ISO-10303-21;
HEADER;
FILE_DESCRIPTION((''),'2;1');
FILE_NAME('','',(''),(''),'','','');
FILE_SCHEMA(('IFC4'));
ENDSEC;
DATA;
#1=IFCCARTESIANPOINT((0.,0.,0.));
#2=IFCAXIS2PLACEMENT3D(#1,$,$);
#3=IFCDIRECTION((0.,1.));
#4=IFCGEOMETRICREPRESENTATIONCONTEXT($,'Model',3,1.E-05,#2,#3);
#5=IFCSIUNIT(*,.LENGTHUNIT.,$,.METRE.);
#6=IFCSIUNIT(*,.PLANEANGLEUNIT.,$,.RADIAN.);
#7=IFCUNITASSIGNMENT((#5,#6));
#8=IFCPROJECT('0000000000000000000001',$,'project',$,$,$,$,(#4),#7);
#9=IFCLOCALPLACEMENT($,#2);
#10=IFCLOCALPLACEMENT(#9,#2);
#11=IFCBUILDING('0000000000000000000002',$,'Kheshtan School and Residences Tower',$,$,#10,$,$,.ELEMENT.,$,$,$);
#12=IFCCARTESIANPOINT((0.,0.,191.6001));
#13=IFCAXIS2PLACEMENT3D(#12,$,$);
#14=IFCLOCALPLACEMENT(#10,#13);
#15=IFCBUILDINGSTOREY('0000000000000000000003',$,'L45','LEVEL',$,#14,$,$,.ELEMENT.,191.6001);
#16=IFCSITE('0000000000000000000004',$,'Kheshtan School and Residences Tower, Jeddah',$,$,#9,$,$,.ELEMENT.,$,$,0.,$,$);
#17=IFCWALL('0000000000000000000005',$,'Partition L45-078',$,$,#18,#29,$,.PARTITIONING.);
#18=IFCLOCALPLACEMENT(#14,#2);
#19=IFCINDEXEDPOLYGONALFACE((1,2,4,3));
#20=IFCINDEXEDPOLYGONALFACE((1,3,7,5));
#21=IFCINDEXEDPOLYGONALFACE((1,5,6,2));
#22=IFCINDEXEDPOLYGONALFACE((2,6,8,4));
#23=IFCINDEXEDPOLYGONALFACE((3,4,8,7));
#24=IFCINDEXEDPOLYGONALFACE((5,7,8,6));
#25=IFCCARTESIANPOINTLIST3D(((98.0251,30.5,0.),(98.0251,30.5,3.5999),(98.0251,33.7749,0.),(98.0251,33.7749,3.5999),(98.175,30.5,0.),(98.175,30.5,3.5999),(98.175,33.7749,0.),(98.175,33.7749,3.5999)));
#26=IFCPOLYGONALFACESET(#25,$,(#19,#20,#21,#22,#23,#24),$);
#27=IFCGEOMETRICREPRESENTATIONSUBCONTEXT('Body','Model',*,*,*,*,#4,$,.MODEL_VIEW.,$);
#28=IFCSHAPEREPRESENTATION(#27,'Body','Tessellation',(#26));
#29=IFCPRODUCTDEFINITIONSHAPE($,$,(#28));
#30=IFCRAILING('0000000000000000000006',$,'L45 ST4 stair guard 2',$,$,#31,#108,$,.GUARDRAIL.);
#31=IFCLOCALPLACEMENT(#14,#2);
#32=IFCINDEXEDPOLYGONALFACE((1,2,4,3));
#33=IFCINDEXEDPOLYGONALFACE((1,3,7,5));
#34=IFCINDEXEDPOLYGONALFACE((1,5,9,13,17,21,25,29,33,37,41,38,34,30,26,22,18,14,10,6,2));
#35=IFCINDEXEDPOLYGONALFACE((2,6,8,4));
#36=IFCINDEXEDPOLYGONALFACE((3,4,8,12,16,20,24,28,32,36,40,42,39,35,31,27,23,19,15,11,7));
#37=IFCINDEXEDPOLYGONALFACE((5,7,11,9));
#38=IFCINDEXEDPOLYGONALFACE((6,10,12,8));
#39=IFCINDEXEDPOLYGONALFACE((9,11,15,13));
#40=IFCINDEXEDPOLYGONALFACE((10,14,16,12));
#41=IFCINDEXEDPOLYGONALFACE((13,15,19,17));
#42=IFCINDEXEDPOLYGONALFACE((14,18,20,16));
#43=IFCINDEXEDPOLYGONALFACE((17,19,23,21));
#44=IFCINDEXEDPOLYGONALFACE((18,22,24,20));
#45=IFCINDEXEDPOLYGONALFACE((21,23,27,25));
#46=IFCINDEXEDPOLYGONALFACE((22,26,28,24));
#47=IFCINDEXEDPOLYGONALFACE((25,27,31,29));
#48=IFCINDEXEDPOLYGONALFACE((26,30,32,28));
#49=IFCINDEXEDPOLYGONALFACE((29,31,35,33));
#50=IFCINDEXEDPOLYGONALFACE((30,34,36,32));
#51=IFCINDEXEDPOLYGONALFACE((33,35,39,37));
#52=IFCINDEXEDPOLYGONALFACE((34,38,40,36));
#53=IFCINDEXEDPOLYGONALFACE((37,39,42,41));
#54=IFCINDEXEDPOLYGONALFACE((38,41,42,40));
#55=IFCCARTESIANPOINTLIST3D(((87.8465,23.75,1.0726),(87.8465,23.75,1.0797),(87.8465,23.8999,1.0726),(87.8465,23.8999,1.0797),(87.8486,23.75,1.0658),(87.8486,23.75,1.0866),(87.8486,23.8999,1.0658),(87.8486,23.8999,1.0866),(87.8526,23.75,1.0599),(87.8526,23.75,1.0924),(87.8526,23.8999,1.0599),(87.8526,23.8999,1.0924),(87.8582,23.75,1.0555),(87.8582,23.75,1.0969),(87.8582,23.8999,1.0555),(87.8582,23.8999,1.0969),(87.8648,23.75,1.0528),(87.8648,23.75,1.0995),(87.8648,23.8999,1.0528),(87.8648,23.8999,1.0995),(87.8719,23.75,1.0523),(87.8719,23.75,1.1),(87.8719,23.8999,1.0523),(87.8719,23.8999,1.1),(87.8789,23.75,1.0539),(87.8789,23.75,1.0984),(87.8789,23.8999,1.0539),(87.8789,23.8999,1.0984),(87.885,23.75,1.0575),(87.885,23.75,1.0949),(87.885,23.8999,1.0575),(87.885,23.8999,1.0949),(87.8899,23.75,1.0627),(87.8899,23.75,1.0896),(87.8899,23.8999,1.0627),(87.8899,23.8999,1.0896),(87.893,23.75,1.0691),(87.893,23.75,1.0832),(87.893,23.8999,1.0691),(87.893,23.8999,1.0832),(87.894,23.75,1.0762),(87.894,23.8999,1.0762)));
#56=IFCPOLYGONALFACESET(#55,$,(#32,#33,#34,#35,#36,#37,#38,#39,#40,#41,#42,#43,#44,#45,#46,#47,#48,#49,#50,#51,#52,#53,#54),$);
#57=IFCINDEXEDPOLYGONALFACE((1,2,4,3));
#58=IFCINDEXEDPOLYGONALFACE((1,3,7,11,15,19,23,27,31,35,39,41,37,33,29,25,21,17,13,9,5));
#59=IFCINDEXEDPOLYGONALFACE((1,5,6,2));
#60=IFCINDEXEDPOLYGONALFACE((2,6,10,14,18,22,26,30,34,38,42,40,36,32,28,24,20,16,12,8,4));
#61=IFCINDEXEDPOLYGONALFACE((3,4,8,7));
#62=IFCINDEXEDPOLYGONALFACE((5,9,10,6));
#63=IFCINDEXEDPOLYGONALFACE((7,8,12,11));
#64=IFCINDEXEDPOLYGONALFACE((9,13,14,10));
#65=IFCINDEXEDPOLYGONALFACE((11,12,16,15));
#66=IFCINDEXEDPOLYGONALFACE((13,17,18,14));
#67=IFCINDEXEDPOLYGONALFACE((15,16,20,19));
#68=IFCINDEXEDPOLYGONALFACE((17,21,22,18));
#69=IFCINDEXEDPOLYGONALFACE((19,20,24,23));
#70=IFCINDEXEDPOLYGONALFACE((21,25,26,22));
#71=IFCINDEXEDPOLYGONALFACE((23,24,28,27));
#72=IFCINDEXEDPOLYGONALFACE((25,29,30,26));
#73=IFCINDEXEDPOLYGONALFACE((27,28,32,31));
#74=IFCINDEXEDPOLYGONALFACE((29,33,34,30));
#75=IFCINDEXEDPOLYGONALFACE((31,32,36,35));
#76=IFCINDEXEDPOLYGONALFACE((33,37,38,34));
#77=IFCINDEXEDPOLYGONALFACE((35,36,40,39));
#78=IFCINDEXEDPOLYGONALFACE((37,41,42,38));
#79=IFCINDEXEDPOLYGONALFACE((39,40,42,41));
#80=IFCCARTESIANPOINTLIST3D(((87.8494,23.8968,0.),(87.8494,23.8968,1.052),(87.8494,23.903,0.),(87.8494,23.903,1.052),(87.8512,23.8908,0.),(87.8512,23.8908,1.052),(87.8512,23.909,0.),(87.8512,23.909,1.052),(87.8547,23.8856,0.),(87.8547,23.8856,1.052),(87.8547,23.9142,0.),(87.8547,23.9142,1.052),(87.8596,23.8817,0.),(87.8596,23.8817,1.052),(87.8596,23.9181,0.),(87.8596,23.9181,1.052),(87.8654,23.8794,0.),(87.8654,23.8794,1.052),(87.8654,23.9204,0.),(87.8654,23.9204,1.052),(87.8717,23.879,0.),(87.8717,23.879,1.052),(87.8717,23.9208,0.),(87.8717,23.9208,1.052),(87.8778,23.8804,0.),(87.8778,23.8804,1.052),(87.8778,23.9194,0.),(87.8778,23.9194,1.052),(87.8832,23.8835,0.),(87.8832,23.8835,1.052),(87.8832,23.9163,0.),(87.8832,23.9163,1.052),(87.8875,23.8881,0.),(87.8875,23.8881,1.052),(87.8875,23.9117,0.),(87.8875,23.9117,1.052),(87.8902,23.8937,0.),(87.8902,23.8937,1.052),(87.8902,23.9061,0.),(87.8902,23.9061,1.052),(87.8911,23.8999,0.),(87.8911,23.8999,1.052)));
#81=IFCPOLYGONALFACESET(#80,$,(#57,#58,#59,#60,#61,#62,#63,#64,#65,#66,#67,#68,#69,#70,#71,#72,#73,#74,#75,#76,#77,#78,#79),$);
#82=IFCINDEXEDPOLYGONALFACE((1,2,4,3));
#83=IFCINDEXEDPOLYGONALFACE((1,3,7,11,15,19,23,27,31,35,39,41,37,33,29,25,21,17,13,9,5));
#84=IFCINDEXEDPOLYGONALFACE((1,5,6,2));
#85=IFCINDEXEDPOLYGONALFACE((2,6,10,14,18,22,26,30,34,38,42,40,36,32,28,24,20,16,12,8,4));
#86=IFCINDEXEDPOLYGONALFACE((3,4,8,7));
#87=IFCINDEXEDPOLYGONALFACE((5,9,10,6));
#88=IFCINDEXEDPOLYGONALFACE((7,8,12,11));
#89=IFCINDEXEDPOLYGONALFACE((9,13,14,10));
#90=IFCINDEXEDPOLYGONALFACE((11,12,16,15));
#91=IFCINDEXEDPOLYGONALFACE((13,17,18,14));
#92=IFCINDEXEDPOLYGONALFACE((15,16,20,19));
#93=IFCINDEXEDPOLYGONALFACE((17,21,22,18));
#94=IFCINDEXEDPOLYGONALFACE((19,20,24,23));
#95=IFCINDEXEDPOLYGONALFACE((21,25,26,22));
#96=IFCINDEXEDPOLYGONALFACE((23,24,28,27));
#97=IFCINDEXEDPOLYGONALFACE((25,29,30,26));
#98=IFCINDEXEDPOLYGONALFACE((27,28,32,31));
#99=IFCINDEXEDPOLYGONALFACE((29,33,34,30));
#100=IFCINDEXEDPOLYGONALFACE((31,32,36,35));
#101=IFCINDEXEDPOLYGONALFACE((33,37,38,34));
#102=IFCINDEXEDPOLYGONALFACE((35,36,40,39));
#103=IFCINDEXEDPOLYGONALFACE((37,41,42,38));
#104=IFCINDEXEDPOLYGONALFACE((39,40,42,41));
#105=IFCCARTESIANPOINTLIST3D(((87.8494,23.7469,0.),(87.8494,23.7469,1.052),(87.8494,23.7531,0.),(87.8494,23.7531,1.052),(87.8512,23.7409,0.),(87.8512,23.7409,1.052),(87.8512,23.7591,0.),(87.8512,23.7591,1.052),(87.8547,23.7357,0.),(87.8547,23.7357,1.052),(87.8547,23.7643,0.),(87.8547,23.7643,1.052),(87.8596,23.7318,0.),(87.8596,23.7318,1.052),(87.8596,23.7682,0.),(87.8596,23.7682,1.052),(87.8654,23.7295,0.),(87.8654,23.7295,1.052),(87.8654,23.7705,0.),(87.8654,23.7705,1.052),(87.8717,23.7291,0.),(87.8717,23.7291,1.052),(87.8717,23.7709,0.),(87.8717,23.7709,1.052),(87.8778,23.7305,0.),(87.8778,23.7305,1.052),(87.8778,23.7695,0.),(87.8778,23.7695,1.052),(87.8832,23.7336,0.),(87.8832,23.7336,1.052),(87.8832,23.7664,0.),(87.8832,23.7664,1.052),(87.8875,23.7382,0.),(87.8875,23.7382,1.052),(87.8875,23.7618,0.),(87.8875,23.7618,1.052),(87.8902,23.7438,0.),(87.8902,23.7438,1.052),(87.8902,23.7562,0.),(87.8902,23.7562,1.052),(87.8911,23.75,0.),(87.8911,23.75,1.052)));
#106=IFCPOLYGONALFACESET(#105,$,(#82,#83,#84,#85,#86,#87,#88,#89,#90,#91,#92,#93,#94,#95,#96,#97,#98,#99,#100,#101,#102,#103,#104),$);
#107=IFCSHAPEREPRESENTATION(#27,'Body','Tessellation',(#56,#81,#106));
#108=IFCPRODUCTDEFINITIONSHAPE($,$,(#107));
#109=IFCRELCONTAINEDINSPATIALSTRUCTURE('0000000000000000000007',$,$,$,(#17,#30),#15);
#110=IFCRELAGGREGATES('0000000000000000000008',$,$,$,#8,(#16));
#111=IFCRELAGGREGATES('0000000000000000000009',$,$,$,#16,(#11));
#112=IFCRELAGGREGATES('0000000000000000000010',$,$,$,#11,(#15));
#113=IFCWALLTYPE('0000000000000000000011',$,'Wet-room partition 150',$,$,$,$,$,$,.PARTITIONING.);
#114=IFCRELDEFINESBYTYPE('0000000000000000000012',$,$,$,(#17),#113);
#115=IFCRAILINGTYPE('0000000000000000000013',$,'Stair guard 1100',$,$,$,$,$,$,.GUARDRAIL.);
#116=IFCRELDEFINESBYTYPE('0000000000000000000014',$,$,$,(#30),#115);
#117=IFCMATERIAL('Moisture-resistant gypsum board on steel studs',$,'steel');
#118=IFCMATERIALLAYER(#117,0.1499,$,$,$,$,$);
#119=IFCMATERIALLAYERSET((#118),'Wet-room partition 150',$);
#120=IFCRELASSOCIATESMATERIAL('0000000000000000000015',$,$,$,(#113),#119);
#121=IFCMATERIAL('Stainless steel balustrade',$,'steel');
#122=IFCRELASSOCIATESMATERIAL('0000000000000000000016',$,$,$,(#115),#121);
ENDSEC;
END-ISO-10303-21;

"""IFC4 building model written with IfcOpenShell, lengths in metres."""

from ifc_helpers import new_model, si_unit, direction, frame, frame_2d, origin, origin_2d, place, context, subcontext, project, spatial, rectangle, circle, extrude, material, layer, layer_set, type_object, element, save


model = new_model("IFC4")

# Units and contexts
model_context = context("Model", 3, precision=1e-05, world=origin(), true_north=direction((0.0, 1.0)))
body_context = subcontext(model_context, "Body", "Model", "MODEL_VIEW")
ifc_project = project(units=[si_unit("LENGTHUNIT", "METRE"), si_unit("PLANEANGLEUNIT", "RADIAN")], contexts=[model_context])

# Site, building, storey
site_placement = place(None, origin())
site = spatial("IfcSite", under=ifc_project, at=site_placement, Name="Kheshtan School and Residences Tower, Jeddah", CompositionType="ELEMENT", RefElevation=0.0)
building_placement = place(site_placement, origin())
building = spatial("IfcBuilding", under=site, at=building_placement, Name="Kheshtan School and Residences Tower", CompositionType="ELEMENT")
storey_placement = place(building_placement, frame((0.0, 0.0, 191.6001)))
storey = spatial("IfcBuildingStorey", under=building, at=storey_placement, Name="L45", Description="LEVEL", CompositionType="ELEMENT", Elevation=191.6001)

# Wall
ifc_material_1 = material(Name="Moisture-resistant gypsum board on steel studs", Category="steel")
ifc_layer_1 = layer(ifc_material_1, 0.1499)
ifc_layer_set_1 = layer_set([ifc_layer_1], Name="Wet-room partition 150")
wall_type_1 = type_object("IfcWallType", Name="Wet-room partition 150", PredefinedType="PARTITIONING", material=ifc_layer_set_1)
wall_1_placement = place(storey_placement, frame((98.1001, 30.5, 0.0), z_axis=(0.0, 0.0, 1.0), x_axis=(0.0, 1.0, 0.0)))
element("IfcWall", 1, at=wall_1_placement, inside=storey, type_object=wall_type_1, Name="Partition L45-078", PredefinedType="PARTITIONING", context=body_context, shape_type="SweptSolid", body=[
    extrude(rectangle(XDim=3.2749, YDim=0.1499, at=frame_2d((1.6375, 0.0))), origin(), (0.0, 0.0, 1.0), 3.5999),
])

# Railing
ifc_material_2 = material(Name="Stainless steel balustrade", Category="steel")
railing_type_1 = type_object("IfcRailingType", Name="Stair guard 1100", PredefinedType="GUARDRAIL", material=ifc_material_2)
railing_1_placement = place(storey_placement, frame((87.8701, 23.8999, 0.0)))
element("IfcRailing", 2, at=railing_1_placement, inside=storey, type_object=railing_type_1, Name="L45 ST4 stair guard 2", PredefinedType="GUARDRAIL", context=body_context, shape_type="SweptSolid", body=[
    extrude(circle(Radius=0.0239, at=origin_2d()), frame((0.0, 0.0, 1.0762), z_axis=(0.0, -1.0, 0.0), x_axis=(1.0, 0.0, 0.0)), (0.0, 0.0, 1.0), 0.1499),
    extrude(circle(Radius=0.021, at=origin_2d()), origin(), (0.0, 0.0, 1.0), 1.052),
    extrude(circle(Radius=0.021, at=origin_2d()), frame((0.0, -0.1499, 0.0)), (0.0, 0.0, 1.0), 1.052),
])

save(model, "model.ifc")
